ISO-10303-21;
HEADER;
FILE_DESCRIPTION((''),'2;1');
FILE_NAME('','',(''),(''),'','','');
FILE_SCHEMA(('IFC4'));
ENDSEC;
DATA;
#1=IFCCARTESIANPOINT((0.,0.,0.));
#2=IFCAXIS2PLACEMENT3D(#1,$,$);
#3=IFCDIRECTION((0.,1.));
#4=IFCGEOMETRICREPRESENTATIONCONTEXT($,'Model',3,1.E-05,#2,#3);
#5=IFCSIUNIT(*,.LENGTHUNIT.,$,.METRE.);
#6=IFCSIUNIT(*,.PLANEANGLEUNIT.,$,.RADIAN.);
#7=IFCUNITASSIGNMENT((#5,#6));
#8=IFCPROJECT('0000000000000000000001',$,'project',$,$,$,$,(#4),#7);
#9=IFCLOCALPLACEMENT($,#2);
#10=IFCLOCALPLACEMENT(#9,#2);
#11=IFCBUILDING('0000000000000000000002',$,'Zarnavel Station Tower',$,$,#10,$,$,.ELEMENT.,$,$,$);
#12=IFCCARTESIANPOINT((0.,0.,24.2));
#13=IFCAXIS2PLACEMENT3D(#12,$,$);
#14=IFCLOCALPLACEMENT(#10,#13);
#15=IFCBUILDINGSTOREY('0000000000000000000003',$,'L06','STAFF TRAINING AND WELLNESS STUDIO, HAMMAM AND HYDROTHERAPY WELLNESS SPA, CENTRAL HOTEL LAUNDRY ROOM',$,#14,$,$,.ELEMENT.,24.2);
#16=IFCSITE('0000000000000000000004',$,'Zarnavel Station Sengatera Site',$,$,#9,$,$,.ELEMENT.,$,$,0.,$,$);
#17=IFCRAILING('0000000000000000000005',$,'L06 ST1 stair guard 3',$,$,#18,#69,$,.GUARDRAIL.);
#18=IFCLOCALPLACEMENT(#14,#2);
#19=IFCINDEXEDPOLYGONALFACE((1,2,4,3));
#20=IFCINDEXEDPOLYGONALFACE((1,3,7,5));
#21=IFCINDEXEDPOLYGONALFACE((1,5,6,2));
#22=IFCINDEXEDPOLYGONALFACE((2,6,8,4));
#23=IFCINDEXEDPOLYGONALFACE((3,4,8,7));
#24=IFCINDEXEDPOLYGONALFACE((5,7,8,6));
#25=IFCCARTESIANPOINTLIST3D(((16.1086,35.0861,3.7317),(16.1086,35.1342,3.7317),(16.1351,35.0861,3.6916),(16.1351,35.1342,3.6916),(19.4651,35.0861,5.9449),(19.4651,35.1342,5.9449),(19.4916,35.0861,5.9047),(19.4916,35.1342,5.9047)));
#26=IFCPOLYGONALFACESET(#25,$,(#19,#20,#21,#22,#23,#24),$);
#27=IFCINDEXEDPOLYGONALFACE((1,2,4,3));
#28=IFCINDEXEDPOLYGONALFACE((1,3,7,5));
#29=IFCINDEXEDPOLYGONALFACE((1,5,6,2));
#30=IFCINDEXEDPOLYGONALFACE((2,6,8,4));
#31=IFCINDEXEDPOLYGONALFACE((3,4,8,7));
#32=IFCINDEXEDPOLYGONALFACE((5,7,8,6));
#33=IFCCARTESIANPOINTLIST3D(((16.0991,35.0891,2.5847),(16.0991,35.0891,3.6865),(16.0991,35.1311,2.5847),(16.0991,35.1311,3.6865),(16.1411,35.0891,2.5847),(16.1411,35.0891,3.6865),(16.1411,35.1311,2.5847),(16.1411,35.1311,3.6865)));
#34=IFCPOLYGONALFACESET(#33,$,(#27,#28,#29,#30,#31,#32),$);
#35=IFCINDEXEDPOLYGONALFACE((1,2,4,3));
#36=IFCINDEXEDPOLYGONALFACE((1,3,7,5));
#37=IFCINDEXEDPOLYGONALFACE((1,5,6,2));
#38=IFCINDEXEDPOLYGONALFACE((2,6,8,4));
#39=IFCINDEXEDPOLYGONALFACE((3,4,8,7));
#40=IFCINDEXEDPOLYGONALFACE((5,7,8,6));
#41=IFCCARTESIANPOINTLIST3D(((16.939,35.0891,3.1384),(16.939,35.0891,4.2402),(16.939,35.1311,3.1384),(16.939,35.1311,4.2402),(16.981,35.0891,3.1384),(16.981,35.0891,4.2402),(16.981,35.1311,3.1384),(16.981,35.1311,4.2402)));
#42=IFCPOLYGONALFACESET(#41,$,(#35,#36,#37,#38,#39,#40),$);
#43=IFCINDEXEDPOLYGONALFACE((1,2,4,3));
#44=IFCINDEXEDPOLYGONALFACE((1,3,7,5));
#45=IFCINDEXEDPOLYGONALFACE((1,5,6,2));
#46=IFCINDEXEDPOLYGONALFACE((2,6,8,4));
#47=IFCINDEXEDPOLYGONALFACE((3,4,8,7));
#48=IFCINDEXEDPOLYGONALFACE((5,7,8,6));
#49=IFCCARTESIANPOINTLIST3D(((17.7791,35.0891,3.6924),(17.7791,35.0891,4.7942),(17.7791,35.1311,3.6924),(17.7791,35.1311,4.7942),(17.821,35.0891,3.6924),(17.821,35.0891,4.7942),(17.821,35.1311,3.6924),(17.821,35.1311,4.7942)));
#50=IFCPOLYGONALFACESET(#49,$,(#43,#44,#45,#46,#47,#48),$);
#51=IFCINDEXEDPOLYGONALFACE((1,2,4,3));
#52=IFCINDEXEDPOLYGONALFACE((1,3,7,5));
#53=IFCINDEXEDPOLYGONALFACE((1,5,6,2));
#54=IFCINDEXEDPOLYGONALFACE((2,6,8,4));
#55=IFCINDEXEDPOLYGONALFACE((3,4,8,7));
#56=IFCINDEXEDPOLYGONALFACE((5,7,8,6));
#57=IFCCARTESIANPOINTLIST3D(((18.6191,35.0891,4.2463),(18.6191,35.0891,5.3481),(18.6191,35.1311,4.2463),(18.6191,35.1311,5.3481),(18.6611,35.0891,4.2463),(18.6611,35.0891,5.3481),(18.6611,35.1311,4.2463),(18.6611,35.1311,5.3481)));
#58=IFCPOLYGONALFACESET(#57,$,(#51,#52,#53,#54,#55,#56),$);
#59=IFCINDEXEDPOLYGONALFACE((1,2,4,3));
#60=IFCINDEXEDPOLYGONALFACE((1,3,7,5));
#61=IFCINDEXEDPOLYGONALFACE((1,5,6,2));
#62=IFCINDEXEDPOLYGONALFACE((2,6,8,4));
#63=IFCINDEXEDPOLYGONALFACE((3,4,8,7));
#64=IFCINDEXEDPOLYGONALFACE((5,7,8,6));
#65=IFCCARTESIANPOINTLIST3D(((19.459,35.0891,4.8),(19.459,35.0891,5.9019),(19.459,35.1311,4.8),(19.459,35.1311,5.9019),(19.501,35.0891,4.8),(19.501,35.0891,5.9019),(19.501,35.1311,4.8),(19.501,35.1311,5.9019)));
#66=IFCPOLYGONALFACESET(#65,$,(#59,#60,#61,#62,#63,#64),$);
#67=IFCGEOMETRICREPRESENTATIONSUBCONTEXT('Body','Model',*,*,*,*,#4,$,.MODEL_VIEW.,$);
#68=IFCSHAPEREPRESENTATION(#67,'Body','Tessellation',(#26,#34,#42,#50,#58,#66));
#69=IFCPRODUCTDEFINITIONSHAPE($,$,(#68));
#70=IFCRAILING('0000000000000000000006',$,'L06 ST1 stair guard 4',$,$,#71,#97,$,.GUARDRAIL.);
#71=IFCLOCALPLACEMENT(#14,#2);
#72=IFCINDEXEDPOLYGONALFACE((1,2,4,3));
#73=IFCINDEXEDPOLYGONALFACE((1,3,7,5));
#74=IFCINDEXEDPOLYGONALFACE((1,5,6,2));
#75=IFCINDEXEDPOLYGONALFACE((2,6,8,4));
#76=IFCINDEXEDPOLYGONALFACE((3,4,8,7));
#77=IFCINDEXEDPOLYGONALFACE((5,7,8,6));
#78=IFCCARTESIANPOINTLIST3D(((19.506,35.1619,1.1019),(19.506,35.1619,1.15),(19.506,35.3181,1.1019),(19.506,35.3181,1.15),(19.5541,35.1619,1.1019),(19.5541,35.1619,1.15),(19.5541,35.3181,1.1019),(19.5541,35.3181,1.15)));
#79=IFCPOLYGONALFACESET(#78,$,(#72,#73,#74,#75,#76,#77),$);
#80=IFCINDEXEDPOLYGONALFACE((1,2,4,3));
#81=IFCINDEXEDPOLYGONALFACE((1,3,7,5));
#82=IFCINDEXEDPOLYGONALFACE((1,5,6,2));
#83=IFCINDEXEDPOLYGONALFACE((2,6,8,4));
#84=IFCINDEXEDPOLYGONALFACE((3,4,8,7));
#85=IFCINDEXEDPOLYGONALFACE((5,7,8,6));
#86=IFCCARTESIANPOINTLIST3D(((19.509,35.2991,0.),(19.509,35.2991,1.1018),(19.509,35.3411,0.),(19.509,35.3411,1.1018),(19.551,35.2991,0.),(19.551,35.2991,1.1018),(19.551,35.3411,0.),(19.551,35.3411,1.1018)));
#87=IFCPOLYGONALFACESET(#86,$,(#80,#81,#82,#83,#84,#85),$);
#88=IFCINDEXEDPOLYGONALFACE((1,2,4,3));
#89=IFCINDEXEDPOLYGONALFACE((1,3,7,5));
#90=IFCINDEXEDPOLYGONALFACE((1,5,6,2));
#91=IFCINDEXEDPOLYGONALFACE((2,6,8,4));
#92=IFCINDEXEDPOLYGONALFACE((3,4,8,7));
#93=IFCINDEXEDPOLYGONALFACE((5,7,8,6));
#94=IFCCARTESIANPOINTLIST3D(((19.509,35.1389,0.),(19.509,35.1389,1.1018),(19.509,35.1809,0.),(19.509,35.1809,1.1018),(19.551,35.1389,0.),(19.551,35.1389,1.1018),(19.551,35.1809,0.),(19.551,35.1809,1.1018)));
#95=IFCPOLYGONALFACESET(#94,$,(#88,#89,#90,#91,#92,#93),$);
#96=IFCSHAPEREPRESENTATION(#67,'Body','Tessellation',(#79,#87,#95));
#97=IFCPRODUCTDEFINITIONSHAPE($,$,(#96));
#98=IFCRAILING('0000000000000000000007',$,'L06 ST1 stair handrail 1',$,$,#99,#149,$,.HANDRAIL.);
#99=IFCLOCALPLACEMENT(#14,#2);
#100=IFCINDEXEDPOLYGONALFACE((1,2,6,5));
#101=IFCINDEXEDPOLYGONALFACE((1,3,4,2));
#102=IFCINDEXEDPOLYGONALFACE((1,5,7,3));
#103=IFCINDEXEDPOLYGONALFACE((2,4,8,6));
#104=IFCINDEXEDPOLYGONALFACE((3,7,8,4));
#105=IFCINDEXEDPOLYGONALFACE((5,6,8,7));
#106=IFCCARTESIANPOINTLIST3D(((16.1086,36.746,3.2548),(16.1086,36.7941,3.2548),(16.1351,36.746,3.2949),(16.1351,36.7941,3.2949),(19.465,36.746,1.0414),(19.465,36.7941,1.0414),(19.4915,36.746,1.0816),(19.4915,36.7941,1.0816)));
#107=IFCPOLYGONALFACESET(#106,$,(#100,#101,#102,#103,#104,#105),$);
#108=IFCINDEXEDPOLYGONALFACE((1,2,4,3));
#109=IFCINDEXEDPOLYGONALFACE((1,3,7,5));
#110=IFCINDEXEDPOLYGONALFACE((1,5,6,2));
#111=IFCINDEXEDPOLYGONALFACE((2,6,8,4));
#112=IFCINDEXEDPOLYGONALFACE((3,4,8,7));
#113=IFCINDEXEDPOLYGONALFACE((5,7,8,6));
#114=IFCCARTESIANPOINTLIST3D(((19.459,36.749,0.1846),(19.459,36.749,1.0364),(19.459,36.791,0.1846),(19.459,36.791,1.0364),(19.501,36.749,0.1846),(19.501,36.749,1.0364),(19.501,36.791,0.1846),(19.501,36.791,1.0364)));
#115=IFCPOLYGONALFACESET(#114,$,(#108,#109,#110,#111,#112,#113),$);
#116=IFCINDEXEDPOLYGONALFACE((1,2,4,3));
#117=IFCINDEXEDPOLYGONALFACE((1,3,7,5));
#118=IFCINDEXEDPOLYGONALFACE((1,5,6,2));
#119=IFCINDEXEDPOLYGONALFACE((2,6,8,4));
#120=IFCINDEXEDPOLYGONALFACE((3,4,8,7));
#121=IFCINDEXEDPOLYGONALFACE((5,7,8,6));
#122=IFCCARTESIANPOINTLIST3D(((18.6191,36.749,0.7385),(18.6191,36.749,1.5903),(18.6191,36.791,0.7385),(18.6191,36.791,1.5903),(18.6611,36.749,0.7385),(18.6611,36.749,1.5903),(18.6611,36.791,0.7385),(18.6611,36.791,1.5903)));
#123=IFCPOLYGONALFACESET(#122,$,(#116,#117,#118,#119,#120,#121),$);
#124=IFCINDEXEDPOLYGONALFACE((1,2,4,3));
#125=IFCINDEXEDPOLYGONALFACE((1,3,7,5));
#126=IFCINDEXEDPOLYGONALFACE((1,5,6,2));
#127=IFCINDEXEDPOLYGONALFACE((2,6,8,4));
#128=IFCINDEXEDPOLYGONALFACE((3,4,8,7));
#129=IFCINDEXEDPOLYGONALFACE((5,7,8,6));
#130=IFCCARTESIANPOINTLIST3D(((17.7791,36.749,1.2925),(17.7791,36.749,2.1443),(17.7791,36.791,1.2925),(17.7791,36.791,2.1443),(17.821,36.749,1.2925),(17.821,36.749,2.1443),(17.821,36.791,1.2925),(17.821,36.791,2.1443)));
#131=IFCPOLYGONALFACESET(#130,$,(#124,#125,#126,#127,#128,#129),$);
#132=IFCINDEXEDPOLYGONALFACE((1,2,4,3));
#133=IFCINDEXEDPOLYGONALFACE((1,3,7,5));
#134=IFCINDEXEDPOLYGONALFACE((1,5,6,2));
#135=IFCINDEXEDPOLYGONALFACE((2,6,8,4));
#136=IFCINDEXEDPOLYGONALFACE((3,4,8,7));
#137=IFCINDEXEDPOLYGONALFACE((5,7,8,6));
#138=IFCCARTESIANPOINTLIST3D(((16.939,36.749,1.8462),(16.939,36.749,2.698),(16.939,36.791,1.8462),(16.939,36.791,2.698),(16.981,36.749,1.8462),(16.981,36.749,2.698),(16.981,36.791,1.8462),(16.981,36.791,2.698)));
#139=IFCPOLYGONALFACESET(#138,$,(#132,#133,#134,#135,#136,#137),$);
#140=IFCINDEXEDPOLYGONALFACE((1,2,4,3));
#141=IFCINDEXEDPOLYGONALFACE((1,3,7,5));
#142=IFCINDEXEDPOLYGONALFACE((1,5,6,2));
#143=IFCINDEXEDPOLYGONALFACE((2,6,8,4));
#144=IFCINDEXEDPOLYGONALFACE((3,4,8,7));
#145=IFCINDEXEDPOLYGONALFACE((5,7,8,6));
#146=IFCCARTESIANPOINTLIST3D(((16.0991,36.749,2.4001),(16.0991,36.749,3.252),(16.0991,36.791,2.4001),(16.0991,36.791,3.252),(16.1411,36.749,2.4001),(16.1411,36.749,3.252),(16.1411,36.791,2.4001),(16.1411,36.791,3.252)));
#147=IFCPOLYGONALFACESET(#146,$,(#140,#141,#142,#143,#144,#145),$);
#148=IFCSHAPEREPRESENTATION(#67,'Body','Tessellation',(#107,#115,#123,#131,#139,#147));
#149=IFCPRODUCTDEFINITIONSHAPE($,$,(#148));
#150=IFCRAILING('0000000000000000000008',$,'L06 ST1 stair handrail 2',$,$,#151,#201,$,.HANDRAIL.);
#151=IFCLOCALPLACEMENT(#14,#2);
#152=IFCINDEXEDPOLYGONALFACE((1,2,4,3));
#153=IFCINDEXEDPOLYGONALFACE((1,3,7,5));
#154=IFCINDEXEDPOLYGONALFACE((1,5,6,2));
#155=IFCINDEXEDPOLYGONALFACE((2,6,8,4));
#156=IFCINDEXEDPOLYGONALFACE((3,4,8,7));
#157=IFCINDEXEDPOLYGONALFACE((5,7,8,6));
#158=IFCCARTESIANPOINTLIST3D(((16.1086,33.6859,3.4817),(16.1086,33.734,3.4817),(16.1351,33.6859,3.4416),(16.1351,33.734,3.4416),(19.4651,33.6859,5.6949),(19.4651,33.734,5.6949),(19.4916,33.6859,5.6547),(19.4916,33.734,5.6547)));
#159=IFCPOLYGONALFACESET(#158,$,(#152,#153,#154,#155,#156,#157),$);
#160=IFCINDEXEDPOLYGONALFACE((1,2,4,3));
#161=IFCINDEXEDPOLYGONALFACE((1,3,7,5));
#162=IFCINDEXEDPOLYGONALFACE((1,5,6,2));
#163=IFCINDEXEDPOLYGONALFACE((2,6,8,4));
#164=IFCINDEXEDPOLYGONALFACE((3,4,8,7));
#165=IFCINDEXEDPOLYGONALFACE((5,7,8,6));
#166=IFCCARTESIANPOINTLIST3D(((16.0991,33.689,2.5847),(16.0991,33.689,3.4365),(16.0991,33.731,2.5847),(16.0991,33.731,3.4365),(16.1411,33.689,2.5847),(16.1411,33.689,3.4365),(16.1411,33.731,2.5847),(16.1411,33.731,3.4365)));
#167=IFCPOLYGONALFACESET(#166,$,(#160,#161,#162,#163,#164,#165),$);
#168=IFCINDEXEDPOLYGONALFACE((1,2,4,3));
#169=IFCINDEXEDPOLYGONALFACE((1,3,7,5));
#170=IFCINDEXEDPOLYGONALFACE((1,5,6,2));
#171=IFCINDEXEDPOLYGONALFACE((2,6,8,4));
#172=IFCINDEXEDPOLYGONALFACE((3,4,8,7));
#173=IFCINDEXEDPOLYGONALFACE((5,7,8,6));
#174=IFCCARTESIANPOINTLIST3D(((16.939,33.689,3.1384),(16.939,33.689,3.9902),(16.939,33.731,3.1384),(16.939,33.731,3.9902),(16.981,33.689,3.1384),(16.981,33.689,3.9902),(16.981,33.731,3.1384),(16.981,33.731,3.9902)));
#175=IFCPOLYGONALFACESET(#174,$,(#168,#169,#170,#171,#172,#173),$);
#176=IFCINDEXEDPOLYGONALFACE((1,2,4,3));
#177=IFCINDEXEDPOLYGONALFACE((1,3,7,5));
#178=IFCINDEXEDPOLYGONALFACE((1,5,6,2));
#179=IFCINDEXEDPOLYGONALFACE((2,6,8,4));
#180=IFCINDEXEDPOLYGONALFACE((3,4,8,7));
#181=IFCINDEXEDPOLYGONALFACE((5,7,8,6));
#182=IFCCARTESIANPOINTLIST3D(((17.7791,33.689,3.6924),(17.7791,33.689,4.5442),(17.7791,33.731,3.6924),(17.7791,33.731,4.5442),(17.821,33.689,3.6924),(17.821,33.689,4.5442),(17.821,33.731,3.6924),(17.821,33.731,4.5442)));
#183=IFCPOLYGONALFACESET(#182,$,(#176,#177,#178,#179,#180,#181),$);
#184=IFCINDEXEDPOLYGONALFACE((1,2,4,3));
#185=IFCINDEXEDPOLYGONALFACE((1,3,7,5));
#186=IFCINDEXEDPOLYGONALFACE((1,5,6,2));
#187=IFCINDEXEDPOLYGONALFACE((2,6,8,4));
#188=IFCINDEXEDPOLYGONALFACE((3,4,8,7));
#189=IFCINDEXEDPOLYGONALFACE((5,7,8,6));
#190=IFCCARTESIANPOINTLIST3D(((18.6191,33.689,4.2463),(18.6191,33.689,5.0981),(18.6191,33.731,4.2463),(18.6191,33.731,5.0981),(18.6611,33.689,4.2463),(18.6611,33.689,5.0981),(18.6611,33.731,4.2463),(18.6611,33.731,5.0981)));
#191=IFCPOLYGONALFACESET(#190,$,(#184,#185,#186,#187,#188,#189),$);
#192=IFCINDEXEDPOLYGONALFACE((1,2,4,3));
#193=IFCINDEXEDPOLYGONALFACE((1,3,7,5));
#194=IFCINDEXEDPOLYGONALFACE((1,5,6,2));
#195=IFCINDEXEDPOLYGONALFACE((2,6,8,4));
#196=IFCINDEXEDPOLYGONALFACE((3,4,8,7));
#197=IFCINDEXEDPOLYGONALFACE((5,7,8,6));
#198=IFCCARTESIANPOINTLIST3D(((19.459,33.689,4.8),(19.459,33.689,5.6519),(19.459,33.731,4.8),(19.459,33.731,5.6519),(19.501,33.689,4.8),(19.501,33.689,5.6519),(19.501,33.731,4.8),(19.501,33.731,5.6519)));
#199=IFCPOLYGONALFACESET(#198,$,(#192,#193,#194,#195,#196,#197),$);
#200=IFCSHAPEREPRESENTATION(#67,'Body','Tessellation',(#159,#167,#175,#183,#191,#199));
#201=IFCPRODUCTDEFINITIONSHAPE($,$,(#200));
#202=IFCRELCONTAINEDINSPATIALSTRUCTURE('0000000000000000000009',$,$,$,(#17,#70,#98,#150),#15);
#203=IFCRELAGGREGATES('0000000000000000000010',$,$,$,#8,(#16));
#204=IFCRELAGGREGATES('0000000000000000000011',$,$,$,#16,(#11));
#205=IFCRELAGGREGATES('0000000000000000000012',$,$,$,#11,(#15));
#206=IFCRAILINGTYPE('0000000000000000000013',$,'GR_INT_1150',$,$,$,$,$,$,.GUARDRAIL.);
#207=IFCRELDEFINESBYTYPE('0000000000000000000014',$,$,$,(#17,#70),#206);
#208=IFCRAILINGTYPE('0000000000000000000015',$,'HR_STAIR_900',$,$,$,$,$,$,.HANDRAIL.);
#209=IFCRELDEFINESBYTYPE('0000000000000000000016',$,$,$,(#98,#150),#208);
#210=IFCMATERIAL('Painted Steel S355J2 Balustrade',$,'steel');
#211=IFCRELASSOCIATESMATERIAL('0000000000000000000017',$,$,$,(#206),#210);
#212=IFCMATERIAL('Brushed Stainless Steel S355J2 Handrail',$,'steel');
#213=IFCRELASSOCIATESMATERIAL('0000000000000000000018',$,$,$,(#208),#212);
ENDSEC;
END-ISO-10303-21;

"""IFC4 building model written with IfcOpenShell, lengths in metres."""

from ifc_helpers import new_model, si_unit, direction, frame, origin, origin_2d, place, context, subcontext, project, spatial, rectangle, extrude, material, type_object, element, save


model = new_model("IFC4")

# Units and contexts
model_context = context("Model", 3, precision=1e-05, world=origin(), true_north=direction((0.0, 1.0)))
body_context = subcontext(model_context, "Body", "Model", "MODEL_VIEW")
ifc_project = project(units=[si_unit("LENGTHUNIT", "METRE"), si_unit("PLANEANGLEUNIT", "RADIAN")], contexts=[model_context])

# Site, building, storey
site_placement = place(None, origin())
site = spatial("IfcSite", under=ifc_project, at=site_placement, Name="Zarnavel Station Sengatera Site", CompositionType="ELEMENT", RefElevation=0.0)
building_placement = place(site_placement, origin())
building = spatial("IfcBuilding", under=site, at=building_placement, Name="Zarnavel Station Tower", CompositionType="ELEMENT")
storey_placement = place(building_placement, frame((0.0, 0.0, 24.2)))
storey = spatial("IfcBuildingStorey", under=building, at=storey_placement, Name="L06", Description="STAFF TRAINING AND WELLNESS STUDIO, HAMMAM AND HYDROTHERAPY WELLNESS SPA, CENTRAL HOTEL LAUNDRY ROOM", CompositionType="ELEMENT", Elevation=24.2)

# Railings
ifc_material_1 = material(Name="Painted Steel S355J2 Balustrade", Category="steel")
railing_type_1 = type_object("IfcRailingType", Name="GR_INT_1150", PredefinedType="GUARDRAIL", material=ifc_material_1)
railing_1_placement = place(storey_placement, frame((16.1201, 35.1101, 2.5847)))
element("IfcRailing", 1, at=railing_1_placement, inside=storey, type_object=railing_type_1, Name="L06 ST1 stair guard 3", PredefinedType="GUARDRAIL", context=body_context, shape_type="SweptSolid", body=[
    extrude(rectangle(XDim=0.0481, YDim=0.0481, at=origin_2d()), frame((0.0017, 0.0, 1.127), z_axis=(0.834858, 0.0, 0.550465), x_axis=(0.0, 1.0, 0.0)), (0.0, 0.0, 1.0), 4.0205),
    extrude(rectangle(XDim=0.042, YDim=0.042, at=origin_2d()), origin(), (0.0, 0.0, 1.0), 1.1018),
    extrude(rectangle(XDim=0.042, YDim=0.042, at=origin_2d()), frame((0.8398, 0.0, 0.5537)), (0.0, 0.0, 1.0), 1.1018),
    extrude(rectangle(XDim=0.042, YDim=0.042, at=origin_2d()), frame((1.6799, 0.0, 1.1077)), (0.0, 0.0, 1.0), 1.1018),
    extrude(rectangle(XDim=0.042, YDim=0.042, at=origin_2d()), frame((2.52, 0.0, 1.6616)), (0.0, 0.0, 1.0), 1.1018),
    extrude(rectangle(XDim=0.042, YDim=0.042, at=origin_2d()), frame((3.3599, 0.0, 2.2153)), (0.0, 0.0, 1.0), 1.1018),
])
railing_2_placement = place(storey_placement, frame((19.53, 35.3201, 0.0)))
element("IfcRailing", 2, at=railing_2_placement, inside=storey, type_object=railing_type_1, Name="L06 ST1 stair guard 4", PredefinedType="GUARDRAIL", context=body_context, shape_type="SweptSolid", body=[
    extrude(rectangle(XDim=0.0481, YDim=0.0481, at=origin_2d()), frame((0.0, -0.002, 1.126), z_axis=(0.0, -1.0, 0.0), x_axis=(1.0, 0.0, 0.0)), (0.0, 0.0, 1.0), 0.1562),
    extrude(rectangle(XDim=0.042, YDim=0.042, at=origin_2d()), origin(), (0.0, 0.0, 1.0), 1.1018),
    extrude(rectangle(XDim=0.042, YDim=0.042, at=origin_2d()), frame((0.0, -0.1602, 0.0)), (0.0, 0.0, 1.0), 1.1018),
])
ifc_material_2 = material(Name="Brushed Stainless Steel S355J2 Handrail", Category="steel")
railing_type_2 = type_object("IfcRailingType", Name="HR_STAIR_900", PredefinedType="HANDRAIL", material=ifc_material_2)
railing_3_placement = place(storey_placement, frame((19.48, 36.77, 0.1846)))
element("IfcRailing", 3, at=railing_3_placement, inside=storey, type_object=railing_type_2, Name="L06 ST1 stair handrail 1", PredefinedType="HANDRAIL", context=body_context, shape_type="SweptSolid", body=[
    extrude(rectangle(XDim=0.0481, YDim=0.0481, at=origin_2d()), frame((-0.0017, 0.0, 0.877), z_axis=(-0.83483, 0.0, 0.550508), x_axis=(0.0, -1.0, 0.0)), (0.0, 0.0, 1.0), 4.0205),
    extrude(rectangle(XDim=0.042, YDim=0.042, at=origin_2d()), origin(), (0.0, 0.0, 1.0), 0.8518),
    extrude(rectangle(XDim=0.042, YDim=0.042, at=origin_2d()), frame((-0.8398, 0.0, 0.554)), (0.0, 0.0, 1.0), 0.8518),
    extrude(rectangle(XDim=0.042, YDim=0.042, at=origin_2d()), frame((-1.6799, 0.0, 1.1079)), (0.0, 0.0, 1.0), 0.8518),
    extrude(rectangle(XDim=0.042, YDim=0.042, at=origin_2d()), frame((-2.52, 0.0, 1.6616)), (0.0, 0.0, 1.0), 0.8518),
    extrude(rectangle(XDim=0.042, YDim=0.042, at=origin_2d()), frame((-3.3599, 0.0, 2.2156)), (0.0, 0.0, 1.0), 0.8518),
])
railing_4_placement = place(storey_placement, frame((16.1201, 33.71, 2.5847)))
element("IfcRailing", 4, at=railing_4_placement, inside=storey, type_object=railing_type_2, Name="L06 ST1 stair handrail 2", PredefinedType="HANDRAIL", context=body_context, shape_type="SweptSolid", body=[
    extrude(rectangle(XDim=0.0481, YDim=0.0481, at=origin_2d()), frame((0.0017, 0.0, 0.877), z_axis=(0.834858, 0.0, 0.550465), x_axis=(0.0, 1.0, 0.0)), (0.0, 0.0, 1.0), 4.0205),
    extrude(rectangle(XDim=0.042, YDim=0.042, at=origin_2d()), origin(), (0.0, 0.0, 1.0), 0.8518),
    extrude(rectangle(XDim=0.042, YDim=0.042, at=origin_2d()), frame((0.8398, 0.0, 0.5537)), (0.0, 0.0, 1.0), 0.8518),
    extrude(rectangle(XDim=0.042, YDim=0.042, at=origin_2d()), frame((1.6799, 0.0, 1.1077)), (0.0, 0.0, 1.0), 0.8518),
    extrude(rectangle(XDim=0.042, YDim=0.042, at=origin_2d()), frame((2.52, 0.0, 1.6616)), (0.0, 0.0, 1.0), 0.8518),
    extrude(rectangle(XDim=0.042, YDim=0.042, at=origin_2d()), frame((3.3599, 0.0, 2.2153)), (0.0, 0.0, 1.0), 0.8518),
])

save(model, "model.ifc")
